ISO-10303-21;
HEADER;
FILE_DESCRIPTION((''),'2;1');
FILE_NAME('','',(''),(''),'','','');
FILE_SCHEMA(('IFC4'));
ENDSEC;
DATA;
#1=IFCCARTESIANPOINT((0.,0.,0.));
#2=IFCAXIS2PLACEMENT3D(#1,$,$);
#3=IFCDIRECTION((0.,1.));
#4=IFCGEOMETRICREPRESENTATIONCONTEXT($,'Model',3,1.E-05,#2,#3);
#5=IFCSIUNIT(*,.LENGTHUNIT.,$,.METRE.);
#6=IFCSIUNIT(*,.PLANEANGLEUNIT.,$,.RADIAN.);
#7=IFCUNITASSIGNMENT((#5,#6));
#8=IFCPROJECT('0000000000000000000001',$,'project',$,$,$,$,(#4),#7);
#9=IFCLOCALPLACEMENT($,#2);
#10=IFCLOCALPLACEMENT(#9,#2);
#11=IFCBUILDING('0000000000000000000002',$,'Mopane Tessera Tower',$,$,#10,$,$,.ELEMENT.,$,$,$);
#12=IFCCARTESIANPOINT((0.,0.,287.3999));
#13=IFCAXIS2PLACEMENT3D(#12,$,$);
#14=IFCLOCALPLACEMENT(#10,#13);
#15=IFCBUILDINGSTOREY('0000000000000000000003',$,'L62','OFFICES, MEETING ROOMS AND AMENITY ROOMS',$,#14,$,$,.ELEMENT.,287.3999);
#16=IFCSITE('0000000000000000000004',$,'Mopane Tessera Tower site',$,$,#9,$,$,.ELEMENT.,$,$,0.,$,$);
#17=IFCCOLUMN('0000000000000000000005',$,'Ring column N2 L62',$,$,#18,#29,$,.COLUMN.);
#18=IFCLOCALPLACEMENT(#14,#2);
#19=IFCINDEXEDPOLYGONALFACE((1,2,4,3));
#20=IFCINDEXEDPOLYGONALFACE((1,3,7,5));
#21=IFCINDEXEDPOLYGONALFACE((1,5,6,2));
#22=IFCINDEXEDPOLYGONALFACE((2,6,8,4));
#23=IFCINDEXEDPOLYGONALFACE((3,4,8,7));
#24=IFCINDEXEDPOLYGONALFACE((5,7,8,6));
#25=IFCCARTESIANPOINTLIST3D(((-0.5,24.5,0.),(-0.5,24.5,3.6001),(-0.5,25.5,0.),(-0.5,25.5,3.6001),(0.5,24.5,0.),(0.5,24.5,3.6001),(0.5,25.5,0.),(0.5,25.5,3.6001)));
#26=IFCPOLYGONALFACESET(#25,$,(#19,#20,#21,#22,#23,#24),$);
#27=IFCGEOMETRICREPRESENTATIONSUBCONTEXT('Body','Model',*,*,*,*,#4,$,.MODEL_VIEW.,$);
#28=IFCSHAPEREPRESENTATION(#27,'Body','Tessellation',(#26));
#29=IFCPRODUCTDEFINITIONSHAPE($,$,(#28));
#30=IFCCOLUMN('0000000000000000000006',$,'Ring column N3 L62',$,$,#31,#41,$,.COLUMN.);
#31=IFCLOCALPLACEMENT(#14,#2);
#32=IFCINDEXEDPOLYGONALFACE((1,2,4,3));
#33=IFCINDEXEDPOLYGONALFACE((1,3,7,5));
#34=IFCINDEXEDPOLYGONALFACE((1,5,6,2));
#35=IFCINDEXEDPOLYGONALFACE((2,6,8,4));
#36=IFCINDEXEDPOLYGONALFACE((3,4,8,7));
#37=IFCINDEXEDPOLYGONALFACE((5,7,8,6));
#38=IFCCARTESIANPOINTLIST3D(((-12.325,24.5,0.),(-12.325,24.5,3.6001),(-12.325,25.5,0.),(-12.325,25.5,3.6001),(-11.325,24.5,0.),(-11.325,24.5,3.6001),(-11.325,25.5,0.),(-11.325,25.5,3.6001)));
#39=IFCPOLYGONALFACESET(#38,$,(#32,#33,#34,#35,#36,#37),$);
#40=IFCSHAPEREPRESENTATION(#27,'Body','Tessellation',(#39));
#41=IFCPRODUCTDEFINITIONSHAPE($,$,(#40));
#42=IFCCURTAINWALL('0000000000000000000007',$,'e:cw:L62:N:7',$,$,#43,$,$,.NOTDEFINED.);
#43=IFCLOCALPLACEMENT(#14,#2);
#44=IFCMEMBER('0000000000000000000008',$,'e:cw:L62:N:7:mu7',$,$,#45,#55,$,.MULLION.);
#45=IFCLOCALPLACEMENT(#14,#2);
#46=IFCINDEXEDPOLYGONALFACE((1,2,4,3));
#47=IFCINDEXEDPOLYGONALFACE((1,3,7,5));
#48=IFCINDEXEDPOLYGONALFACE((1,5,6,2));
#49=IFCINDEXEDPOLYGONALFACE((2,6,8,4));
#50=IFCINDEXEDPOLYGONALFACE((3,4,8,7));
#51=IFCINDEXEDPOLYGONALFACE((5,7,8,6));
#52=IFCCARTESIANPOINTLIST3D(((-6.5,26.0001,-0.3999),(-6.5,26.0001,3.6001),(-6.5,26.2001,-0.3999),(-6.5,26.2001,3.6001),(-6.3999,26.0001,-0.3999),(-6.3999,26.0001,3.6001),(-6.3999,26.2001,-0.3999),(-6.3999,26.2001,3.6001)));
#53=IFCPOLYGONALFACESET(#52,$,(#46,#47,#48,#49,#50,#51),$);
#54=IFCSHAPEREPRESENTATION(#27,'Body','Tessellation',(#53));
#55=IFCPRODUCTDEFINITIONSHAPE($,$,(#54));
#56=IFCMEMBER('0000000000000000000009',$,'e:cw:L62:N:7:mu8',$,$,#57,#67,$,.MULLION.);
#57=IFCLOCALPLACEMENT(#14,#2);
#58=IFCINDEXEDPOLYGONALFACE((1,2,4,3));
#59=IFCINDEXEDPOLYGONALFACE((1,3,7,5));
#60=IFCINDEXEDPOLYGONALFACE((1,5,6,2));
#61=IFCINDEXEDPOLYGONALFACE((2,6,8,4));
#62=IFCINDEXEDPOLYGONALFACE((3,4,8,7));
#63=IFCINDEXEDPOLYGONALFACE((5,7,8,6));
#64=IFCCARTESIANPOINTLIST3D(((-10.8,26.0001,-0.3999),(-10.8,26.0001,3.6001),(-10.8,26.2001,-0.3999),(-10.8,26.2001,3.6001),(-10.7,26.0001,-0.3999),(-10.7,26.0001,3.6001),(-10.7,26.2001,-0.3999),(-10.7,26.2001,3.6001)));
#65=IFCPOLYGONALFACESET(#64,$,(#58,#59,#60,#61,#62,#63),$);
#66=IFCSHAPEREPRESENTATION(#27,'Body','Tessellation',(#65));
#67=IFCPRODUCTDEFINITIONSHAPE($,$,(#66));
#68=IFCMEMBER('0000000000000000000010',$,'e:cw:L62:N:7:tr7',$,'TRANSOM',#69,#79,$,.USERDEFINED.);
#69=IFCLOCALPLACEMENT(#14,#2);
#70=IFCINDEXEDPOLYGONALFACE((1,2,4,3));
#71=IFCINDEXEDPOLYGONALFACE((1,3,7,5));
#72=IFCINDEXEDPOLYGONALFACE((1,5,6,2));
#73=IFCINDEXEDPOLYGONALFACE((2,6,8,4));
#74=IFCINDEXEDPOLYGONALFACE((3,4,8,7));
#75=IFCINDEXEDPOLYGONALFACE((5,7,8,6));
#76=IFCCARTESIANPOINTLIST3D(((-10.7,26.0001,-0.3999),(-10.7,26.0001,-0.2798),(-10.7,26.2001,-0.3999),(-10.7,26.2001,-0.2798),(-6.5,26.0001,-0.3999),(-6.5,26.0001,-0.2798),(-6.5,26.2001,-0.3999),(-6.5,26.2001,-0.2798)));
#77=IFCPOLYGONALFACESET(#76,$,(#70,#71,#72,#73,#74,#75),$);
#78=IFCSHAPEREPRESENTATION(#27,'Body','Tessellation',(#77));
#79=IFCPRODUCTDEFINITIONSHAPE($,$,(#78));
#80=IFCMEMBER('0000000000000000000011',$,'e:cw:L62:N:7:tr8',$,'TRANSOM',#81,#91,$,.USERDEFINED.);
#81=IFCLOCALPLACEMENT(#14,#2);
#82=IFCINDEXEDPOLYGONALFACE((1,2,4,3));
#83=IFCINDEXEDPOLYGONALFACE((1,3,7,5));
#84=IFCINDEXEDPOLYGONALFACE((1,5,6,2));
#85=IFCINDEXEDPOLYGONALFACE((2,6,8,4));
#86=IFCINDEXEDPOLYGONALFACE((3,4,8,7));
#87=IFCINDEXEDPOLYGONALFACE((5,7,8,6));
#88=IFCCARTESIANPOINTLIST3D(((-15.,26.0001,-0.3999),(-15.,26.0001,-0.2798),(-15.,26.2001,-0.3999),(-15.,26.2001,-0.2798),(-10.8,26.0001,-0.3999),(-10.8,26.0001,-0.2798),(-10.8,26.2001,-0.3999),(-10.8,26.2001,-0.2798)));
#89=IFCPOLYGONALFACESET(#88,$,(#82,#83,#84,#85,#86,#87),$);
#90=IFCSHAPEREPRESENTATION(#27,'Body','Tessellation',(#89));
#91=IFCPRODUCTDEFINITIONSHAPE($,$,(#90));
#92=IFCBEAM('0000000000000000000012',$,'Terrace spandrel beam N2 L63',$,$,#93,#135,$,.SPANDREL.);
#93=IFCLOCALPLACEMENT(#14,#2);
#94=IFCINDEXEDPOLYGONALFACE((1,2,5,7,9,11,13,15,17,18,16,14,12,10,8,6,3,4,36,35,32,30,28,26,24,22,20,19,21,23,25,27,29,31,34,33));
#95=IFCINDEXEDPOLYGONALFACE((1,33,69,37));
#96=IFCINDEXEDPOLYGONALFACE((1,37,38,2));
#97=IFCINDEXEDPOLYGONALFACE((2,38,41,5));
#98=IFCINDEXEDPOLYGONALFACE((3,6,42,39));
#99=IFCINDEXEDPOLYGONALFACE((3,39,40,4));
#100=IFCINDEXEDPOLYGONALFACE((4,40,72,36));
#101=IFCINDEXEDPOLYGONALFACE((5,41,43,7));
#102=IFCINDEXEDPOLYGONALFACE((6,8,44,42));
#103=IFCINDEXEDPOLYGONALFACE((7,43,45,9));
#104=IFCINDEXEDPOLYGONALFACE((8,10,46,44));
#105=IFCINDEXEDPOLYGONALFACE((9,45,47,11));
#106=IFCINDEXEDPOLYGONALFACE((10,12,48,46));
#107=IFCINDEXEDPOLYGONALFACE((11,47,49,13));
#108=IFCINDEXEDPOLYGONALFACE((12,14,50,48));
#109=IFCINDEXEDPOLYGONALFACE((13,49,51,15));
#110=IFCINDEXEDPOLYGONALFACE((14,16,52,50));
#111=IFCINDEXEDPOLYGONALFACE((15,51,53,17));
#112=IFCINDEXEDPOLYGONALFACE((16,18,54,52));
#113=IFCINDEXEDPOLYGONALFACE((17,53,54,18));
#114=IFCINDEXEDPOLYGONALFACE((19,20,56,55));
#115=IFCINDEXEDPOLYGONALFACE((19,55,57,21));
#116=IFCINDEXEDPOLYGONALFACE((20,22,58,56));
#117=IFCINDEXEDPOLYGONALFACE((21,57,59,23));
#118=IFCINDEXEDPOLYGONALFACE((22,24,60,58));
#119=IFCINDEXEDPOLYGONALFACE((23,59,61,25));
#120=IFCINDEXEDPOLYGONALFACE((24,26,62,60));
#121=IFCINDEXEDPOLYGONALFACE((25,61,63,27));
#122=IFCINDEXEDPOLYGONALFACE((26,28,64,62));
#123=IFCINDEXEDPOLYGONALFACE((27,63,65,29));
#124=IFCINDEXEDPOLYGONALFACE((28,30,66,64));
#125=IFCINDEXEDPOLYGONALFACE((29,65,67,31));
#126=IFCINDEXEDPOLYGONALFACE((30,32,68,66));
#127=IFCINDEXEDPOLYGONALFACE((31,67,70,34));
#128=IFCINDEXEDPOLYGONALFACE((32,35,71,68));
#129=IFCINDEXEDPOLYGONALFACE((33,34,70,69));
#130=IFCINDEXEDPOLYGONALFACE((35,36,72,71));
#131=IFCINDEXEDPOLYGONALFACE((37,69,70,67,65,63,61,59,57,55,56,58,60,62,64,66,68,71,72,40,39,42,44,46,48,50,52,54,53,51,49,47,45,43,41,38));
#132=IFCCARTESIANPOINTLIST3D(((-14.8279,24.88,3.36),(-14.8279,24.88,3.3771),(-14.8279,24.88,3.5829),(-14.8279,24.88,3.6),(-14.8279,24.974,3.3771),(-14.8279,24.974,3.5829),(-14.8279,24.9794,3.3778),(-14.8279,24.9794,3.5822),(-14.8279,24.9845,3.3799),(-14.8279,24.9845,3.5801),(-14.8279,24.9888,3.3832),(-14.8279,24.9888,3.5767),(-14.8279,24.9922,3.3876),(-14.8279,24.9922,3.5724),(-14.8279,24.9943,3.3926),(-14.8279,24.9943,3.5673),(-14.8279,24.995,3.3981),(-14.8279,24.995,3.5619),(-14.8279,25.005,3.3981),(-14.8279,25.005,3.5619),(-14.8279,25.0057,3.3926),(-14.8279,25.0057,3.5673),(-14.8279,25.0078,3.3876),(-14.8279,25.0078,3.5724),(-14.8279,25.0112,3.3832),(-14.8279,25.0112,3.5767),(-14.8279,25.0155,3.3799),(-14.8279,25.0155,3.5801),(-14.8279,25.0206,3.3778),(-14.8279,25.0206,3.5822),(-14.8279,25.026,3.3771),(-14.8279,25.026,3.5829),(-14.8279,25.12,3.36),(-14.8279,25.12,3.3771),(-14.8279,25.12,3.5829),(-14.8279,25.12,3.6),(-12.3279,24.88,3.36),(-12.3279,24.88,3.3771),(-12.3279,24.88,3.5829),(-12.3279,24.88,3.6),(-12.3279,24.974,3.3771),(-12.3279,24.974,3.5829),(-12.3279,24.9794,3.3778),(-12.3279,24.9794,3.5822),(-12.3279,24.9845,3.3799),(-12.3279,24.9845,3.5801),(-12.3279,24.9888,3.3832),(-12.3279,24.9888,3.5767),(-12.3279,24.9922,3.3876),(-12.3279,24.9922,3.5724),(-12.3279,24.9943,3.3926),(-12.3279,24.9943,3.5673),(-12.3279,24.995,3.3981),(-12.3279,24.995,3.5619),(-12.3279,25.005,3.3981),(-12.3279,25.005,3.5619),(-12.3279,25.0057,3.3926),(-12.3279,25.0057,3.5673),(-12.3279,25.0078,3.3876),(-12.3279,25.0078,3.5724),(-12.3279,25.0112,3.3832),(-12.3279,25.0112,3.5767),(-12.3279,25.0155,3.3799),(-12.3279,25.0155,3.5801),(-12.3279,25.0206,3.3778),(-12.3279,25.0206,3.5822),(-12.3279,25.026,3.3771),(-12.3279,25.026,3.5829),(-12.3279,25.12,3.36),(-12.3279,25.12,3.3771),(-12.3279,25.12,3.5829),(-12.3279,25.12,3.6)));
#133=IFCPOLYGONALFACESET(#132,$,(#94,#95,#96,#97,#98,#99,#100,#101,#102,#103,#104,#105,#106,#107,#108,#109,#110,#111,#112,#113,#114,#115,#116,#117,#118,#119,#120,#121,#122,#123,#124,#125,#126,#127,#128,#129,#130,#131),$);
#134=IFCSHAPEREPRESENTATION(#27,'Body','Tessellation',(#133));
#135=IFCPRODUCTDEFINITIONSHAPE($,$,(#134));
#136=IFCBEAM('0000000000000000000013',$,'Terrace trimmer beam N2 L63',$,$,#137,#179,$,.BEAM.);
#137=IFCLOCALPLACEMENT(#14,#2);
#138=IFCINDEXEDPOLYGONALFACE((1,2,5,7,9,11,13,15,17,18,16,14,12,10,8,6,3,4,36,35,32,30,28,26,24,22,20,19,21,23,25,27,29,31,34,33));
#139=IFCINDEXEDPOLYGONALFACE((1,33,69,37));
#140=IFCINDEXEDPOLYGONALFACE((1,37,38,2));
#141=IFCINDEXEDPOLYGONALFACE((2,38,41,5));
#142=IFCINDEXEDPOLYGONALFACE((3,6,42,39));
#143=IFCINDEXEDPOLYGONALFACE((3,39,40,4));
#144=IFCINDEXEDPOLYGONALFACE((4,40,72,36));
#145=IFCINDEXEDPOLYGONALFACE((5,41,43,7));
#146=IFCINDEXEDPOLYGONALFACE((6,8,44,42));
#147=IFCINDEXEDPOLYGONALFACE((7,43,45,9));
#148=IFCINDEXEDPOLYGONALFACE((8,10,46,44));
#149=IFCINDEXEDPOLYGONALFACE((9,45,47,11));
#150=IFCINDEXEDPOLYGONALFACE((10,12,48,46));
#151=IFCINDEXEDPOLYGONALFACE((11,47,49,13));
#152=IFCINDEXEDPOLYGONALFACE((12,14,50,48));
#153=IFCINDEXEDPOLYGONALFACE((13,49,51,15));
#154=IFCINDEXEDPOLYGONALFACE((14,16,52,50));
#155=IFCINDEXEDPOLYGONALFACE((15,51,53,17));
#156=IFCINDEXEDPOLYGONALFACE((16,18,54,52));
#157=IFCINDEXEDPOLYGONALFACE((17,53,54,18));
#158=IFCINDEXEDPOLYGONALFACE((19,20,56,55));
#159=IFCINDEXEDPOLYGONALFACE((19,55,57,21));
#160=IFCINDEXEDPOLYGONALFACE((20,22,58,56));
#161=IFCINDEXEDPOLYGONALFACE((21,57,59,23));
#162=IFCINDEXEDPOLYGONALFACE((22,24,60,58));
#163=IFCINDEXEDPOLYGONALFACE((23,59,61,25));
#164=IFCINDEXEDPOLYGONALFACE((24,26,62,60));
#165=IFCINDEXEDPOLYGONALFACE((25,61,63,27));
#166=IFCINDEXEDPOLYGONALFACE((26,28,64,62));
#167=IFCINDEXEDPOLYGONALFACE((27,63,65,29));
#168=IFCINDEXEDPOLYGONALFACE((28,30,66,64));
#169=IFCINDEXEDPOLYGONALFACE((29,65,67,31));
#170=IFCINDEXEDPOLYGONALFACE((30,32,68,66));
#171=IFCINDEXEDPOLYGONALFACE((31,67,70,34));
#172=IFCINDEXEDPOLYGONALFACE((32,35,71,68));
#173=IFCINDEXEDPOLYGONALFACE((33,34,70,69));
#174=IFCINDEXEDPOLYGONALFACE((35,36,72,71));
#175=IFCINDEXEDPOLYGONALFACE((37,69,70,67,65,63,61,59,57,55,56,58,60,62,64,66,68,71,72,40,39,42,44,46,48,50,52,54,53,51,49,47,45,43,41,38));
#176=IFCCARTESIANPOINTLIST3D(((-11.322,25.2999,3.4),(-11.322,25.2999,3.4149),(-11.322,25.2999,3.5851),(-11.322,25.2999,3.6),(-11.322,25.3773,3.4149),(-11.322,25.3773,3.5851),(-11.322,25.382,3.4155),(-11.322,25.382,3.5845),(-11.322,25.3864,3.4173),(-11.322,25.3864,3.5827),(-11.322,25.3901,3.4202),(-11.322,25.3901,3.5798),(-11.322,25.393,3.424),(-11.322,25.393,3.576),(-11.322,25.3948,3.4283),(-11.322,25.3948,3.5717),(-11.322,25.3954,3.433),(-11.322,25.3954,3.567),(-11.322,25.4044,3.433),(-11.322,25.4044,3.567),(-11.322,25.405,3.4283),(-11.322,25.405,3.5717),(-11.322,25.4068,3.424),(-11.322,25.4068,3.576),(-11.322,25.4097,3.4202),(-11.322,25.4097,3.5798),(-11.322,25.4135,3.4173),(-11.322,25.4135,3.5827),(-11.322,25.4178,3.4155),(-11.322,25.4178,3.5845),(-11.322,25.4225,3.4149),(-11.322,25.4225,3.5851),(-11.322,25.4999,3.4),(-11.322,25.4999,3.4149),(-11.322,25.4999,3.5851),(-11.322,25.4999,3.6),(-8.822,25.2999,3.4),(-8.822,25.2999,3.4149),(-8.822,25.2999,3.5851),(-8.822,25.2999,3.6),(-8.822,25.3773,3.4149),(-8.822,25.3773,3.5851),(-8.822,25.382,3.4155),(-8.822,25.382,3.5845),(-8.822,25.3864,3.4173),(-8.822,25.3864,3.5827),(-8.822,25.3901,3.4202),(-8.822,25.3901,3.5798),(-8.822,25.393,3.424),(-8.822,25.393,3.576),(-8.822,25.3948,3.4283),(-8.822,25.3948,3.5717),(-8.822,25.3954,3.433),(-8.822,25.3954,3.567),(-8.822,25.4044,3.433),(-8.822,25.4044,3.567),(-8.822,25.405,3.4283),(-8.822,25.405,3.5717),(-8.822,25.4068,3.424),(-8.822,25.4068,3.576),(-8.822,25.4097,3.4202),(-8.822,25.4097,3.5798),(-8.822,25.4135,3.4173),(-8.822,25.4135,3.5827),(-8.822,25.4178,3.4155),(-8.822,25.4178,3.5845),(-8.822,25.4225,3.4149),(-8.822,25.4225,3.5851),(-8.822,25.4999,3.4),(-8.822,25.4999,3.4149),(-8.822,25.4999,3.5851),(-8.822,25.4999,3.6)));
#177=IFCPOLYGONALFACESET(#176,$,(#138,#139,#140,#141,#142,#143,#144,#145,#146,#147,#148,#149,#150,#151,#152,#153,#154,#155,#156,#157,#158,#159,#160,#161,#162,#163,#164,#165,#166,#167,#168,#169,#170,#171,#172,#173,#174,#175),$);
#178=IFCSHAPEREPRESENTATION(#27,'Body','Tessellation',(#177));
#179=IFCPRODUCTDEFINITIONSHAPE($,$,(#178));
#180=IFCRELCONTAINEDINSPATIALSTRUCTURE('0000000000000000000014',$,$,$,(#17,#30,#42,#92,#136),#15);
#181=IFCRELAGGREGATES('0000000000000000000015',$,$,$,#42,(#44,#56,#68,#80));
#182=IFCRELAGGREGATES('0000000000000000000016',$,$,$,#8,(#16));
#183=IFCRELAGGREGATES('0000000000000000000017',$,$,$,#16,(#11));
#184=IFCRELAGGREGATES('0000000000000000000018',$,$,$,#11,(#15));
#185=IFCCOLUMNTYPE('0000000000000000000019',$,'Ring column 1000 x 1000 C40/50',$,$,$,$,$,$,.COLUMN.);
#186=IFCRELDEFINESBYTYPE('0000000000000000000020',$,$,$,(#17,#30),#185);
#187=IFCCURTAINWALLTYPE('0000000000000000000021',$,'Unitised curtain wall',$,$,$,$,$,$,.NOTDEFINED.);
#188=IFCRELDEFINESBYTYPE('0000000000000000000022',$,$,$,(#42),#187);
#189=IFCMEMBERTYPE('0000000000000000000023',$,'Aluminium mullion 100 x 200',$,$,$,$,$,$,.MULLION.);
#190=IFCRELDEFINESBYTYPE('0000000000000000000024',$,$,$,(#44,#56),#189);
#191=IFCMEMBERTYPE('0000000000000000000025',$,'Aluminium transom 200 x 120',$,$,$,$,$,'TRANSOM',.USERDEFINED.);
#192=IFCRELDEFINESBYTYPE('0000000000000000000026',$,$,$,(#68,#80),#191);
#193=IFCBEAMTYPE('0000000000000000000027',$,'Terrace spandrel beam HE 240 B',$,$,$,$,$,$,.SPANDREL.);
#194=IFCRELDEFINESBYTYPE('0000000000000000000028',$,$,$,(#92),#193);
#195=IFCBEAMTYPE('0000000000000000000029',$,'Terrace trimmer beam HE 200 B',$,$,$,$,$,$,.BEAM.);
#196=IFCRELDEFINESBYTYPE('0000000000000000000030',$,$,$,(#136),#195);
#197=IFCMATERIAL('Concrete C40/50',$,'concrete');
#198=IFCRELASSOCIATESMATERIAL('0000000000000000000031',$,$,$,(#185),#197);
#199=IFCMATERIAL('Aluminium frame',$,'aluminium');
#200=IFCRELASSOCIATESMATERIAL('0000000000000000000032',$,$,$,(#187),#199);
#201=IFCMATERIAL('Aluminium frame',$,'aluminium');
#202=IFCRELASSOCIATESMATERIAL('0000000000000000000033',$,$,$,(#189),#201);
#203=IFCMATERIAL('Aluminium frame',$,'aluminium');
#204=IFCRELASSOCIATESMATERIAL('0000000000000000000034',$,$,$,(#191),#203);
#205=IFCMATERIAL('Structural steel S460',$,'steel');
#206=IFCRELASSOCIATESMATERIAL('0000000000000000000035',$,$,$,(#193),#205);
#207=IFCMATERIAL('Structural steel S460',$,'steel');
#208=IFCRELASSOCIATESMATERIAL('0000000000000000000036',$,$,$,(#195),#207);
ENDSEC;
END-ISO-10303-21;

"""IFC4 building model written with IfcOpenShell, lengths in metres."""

from ifc_helpers import new_model, si_unit, direction, frame, origin, origin_2d, place, context, subcontext, project, spatial, rectangle, i_section, extrude, material, material_profile, profile_set, type_object, element, aggregate, save


model = new_model("IFC4")

# Units and contexts
model_context = context("Model", 3, precision=1e-05, world=origin(), true_north=direction((0.0, 1.0)))
body_context = subcontext(model_context, "Body", "Model", "MODEL_VIEW")
ifc_project = project(units=[si_unit("LENGTHUNIT", "METRE"), si_unit("PLANEANGLEUNIT", "RADIAN")], contexts=[model_context])

# Site, building, storey
site_placement = place(None, origin())
site = spatial("IfcSite", under=ifc_project, at=site_placement, Name="Mopane Tessera Tower site", CompositionType="ELEMENT", RefElevation=0.0)
building_placement = place(site_placement, origin())
building = spatial("IfcBuilding", under=site, at=building_placement, Name="Mopane Tessera Tower", CompositionType="ELEMENT")
storey_placement = place(building_placement, frame((0.0, 0.0, 287.3999)))
storey = spatial("IfcBuildingStorey", under=building, at=storey_placement, Name="L62", Description="OFFICES, MEETING ROOMS AND AMENITY ROOMS", CompositionType="ELEMENT", Elevation=287.3999)

# Columns
ifc_material_1 = material(Name="Concrete C40/50", Category="concrete")
ifc_material_profile_1 = material_profile(ifc_material_1, rectangle(XDim=1.0, YDim=1.0, at=origin_2d()))
ifc_profile_set_1 = profile_set([ifc_material_profile_1], Name="Concrete C40/50")
column_type = type_object("IfcColumnType", Name="Ring column 1000 x 1000 C40/50", PredefinedType="COLUMN", material=ifc_profile_set_1)
for number, where, z_axis, x_axis, name in (
    (1, (0.0, 25.0, 0.0), (0.0, 0.0, 1.0), (1.0, 0.0, 0.0), "Ring column N2 L62"),
    (2, (-11.825, 25.0, 0.0), (0.0, 0.0, 1.0), (1.0, 0.0, 0.0), "Ring column N3 L62"),
):
    element("IfcColumn", number, at=place(storey_placement, frame(where, z_axis=z_axis, x_axis=x_axis)), inside=storey, type_object=column_type, Name=name, PredefinedType="COLUMN", context=body_context, shape_type="SweptSolid", body=[
        extrude(rectangle(XDim=1.0, YDim=1.0, at=origin_2d()), origin(), (0.0, 0.0, 1.0), 3.6001),
    ])

# Curtain wall, members
ifc_material_2 = material(Name="Aluminium frame", Category="aluminium")
curtain_wall_type = type_object("IfcCurtainWallType", Name="Unitised curtain wall", PredefinedType="NOTDEFINED", material=ifc_material_2)
curtain_wall_placement = place(storey_placement, origin())
curtain_wall = element("IfcCurtainWall", 3, at=curtain_wall_placement, inside=storey, type_object=curtain_wall_type, Name="e:cw:L62:N:7", PredefinedType="NOTDEFINED")
ifc_material_3 = material(Name="Aluminium frame", Category="aluminium")
ifc_material_profile_2 = material_profile(ifc_material_3, rectangle(XDim=0.1001, YDim=0.2, at=origin_2d()))
ifc_profile_set_2 = profile_set([ifc_material_profile_2], Name="Aluminium frame")
member_type_1 = type_object("IfcMemberType", Name="Aluminium mullion 100 x 200", PredefinedType="MULLION", material=ifc_profile_set_2)
member_1_placement = place(storey_placement, frame((-6.45, 26.1001, -0.3999), z_axis=(0.0, 0.0, 1.0), x_axis=(-1.0, 0.0, 0.0)))
member_1 = element("IfcMember", 4, at=member_1_placement, type_object=member_type_1, Name="e:cw:L62:N:7:mu7", PredefinedType="MULLION", context=body_context, shape_type="SweptSolid", body=[
    extrude(rectangle(XDim=0.1001, YDim=0.2, at=origin_2d()), origin(), (0.0, 0.0, 1.0), 4.0),
])
member_2_placement = place(storey_placement, frame((-10.75, 26.1001, -0.3999), z_axis=(0.0, 0.0, 1.0), x_axis=(-1.0, 0.0, 0.0)))
member_2 = element("IfcMember", 5, at=member_2_placement, type_object=member_type_1, Name="e:cw:L62:N:7:mu8", PredefinedType="MULLION", context=body_context, shape_type="SweptSolid", body=[
    extrude(rectangle(XDim=0.1001, YDim=0.2, at=origin_2d()), origin(), (0.0, 0.0, 1.0), 4.0),
])
ifc_material_4 = material(Name="Aluminium frame", Category="aluminium")
ifc_material_profile_3 = material_profile(ifc_material_4, rectangle(XDim=0.2, YDim=0.1201, at=origin_2d()))
ifc_profile_set_3 = profile_set([ifc_material_profile_3], Name="Aluminium frame")
member_type_2 = type_object("IfcMemberType", Name="Aluminium transom 200 x 120", ElementType="TRANSOM", PredefinedType="USERDEFINED", material=ifc_profile_set_3)
member_3_placement = place(storey_placement, frame((-6.5, 26.1001, -0.3398), z_axis=(-1.0, 0.0, 0.0), x_axis=(0.0, -1.0, 0.0)))
member_3 = element("IfcMember", 6, at=member_3_placement, type_object=member_type_2, Name="e:cw:L62:N:7:tr7", ObjectType="TRANSOM", PredefinedType="USERDEFINED", context=body_context, shape_type="SweptSolid", body=[
    extrude(rectangle(XDim=0.2, YDim=0.1201, at=origin_2d()), origin(), (0.0, 0.0, 1.0), 4.2),
])
member_4_placement = place(storey_placement, frame((-10.8, 26.1001, -0.3398), z_axis=(-1.0, 0.0, 0.0), x_axis=(0.0, -1.0, 0.0)))
member_4 = element("IfcMember", 7, at=member_4_placement, type_object=member_type_2, Name="e:cw:L62:N:7:tr8", ObjectType="TRANSOM", PredefinedType="USERDEFINED", context=body_context, shape_type="SweptSolid", body=[
    extrude(rectangle(XDim=0.2, YDim=0.1201, at=origin_2d()), origin(), (0.0, 0.0, 1.0), 4.2),
])

# Beams
ifc_material_5 = material(Name="Structural steel S460", Category="steel")
ifc_material_profile_4 = material_profile(ifc_material_5, i_section(OverallWidth=0.24, OverallDepth=0.24, WebThickness=0.01, FlangeThickness=0.0171, FilletRadius=0.021, at=origin_2d()))
ifc_profile_set_4 = profile_set([ifc_material_profile_4], Name="Structural steel S460")
beam_type_1 = type_object("IfcBeamType", Name="Terrace spandrel beam HE 240 B", PredefinedType="SPANDREL", material=ifc_profile_set_4)
beam_1_placement = place(storey_placement, frame((-12.3279, 25.0, 3.48), z_axis=(-1.0, 0.0, 0.0), x_axis=(0.0, -1.0, 0.0)))
element("IfcBeam", 8, at=beam_1_placement, inside=storey, type_object=beam_type_1, Name="Terrace spandrel beam N2 L63", PredefinedType="SPANDREL", context=body_context, shape_type="SweptSolid", body=[
    extrude(i_section(OverallWidth=0.24, OverallDepth=0.24, WebThickness=0.01, FlangeThickness=0.0171, FilletRadius=0.021, at=origin_2d()), origin(), (0.0, 0.0, 1.0), 2.5),
])
ifc_material_6 = material(Name="Structural steel S460", Category="steel")
ifc_material_profile_5 = material_profile(ifc_material_6, i_section(OverallWidth=0.2, OverallDepth=0.2, WebThickness=0.009, FlangeThickness=0.0149, FilletRadius=0.0181, at=origin_2d()))
ifc_profile_set_5 = profile_set([ifc_material_profile_5], Name="Structural steel S460")
beam_type_2 = type_object("IfcBeamType", Name="Terrace trimmer beam HE 200 B", PredefinedType="BEAM", material=ifc_profile_set_5)
beam_2_placement = place(storey_placement, frame((-11.322, 25.3999, 3.5), z_axis=(1.0, 0.0, 0.0), x_axis=(0.0, 1.0, 0.0)))
element("IfcBeam", 9, at=beam_2_placement, inside=storey, type_object=beam_type_2, Name="Terrace trimmer beam N2 L63", PredefinedType="BEAM", context=body_context, shape_type="SweptSolid", body=[
    extrude(i_section(OverallWidth=0.2, OverallDepth=0.2, WebThickness=0.009, FlangeThickness=0.0149, FilletRadius=0.0181, at=origin_2d()), origin(), (0.0, 0.0, 1.0), 2.5),
])

aggregate(curtain_wall, [member_1, member_2, member_3, member_4])

save(model, "model.ifc")
